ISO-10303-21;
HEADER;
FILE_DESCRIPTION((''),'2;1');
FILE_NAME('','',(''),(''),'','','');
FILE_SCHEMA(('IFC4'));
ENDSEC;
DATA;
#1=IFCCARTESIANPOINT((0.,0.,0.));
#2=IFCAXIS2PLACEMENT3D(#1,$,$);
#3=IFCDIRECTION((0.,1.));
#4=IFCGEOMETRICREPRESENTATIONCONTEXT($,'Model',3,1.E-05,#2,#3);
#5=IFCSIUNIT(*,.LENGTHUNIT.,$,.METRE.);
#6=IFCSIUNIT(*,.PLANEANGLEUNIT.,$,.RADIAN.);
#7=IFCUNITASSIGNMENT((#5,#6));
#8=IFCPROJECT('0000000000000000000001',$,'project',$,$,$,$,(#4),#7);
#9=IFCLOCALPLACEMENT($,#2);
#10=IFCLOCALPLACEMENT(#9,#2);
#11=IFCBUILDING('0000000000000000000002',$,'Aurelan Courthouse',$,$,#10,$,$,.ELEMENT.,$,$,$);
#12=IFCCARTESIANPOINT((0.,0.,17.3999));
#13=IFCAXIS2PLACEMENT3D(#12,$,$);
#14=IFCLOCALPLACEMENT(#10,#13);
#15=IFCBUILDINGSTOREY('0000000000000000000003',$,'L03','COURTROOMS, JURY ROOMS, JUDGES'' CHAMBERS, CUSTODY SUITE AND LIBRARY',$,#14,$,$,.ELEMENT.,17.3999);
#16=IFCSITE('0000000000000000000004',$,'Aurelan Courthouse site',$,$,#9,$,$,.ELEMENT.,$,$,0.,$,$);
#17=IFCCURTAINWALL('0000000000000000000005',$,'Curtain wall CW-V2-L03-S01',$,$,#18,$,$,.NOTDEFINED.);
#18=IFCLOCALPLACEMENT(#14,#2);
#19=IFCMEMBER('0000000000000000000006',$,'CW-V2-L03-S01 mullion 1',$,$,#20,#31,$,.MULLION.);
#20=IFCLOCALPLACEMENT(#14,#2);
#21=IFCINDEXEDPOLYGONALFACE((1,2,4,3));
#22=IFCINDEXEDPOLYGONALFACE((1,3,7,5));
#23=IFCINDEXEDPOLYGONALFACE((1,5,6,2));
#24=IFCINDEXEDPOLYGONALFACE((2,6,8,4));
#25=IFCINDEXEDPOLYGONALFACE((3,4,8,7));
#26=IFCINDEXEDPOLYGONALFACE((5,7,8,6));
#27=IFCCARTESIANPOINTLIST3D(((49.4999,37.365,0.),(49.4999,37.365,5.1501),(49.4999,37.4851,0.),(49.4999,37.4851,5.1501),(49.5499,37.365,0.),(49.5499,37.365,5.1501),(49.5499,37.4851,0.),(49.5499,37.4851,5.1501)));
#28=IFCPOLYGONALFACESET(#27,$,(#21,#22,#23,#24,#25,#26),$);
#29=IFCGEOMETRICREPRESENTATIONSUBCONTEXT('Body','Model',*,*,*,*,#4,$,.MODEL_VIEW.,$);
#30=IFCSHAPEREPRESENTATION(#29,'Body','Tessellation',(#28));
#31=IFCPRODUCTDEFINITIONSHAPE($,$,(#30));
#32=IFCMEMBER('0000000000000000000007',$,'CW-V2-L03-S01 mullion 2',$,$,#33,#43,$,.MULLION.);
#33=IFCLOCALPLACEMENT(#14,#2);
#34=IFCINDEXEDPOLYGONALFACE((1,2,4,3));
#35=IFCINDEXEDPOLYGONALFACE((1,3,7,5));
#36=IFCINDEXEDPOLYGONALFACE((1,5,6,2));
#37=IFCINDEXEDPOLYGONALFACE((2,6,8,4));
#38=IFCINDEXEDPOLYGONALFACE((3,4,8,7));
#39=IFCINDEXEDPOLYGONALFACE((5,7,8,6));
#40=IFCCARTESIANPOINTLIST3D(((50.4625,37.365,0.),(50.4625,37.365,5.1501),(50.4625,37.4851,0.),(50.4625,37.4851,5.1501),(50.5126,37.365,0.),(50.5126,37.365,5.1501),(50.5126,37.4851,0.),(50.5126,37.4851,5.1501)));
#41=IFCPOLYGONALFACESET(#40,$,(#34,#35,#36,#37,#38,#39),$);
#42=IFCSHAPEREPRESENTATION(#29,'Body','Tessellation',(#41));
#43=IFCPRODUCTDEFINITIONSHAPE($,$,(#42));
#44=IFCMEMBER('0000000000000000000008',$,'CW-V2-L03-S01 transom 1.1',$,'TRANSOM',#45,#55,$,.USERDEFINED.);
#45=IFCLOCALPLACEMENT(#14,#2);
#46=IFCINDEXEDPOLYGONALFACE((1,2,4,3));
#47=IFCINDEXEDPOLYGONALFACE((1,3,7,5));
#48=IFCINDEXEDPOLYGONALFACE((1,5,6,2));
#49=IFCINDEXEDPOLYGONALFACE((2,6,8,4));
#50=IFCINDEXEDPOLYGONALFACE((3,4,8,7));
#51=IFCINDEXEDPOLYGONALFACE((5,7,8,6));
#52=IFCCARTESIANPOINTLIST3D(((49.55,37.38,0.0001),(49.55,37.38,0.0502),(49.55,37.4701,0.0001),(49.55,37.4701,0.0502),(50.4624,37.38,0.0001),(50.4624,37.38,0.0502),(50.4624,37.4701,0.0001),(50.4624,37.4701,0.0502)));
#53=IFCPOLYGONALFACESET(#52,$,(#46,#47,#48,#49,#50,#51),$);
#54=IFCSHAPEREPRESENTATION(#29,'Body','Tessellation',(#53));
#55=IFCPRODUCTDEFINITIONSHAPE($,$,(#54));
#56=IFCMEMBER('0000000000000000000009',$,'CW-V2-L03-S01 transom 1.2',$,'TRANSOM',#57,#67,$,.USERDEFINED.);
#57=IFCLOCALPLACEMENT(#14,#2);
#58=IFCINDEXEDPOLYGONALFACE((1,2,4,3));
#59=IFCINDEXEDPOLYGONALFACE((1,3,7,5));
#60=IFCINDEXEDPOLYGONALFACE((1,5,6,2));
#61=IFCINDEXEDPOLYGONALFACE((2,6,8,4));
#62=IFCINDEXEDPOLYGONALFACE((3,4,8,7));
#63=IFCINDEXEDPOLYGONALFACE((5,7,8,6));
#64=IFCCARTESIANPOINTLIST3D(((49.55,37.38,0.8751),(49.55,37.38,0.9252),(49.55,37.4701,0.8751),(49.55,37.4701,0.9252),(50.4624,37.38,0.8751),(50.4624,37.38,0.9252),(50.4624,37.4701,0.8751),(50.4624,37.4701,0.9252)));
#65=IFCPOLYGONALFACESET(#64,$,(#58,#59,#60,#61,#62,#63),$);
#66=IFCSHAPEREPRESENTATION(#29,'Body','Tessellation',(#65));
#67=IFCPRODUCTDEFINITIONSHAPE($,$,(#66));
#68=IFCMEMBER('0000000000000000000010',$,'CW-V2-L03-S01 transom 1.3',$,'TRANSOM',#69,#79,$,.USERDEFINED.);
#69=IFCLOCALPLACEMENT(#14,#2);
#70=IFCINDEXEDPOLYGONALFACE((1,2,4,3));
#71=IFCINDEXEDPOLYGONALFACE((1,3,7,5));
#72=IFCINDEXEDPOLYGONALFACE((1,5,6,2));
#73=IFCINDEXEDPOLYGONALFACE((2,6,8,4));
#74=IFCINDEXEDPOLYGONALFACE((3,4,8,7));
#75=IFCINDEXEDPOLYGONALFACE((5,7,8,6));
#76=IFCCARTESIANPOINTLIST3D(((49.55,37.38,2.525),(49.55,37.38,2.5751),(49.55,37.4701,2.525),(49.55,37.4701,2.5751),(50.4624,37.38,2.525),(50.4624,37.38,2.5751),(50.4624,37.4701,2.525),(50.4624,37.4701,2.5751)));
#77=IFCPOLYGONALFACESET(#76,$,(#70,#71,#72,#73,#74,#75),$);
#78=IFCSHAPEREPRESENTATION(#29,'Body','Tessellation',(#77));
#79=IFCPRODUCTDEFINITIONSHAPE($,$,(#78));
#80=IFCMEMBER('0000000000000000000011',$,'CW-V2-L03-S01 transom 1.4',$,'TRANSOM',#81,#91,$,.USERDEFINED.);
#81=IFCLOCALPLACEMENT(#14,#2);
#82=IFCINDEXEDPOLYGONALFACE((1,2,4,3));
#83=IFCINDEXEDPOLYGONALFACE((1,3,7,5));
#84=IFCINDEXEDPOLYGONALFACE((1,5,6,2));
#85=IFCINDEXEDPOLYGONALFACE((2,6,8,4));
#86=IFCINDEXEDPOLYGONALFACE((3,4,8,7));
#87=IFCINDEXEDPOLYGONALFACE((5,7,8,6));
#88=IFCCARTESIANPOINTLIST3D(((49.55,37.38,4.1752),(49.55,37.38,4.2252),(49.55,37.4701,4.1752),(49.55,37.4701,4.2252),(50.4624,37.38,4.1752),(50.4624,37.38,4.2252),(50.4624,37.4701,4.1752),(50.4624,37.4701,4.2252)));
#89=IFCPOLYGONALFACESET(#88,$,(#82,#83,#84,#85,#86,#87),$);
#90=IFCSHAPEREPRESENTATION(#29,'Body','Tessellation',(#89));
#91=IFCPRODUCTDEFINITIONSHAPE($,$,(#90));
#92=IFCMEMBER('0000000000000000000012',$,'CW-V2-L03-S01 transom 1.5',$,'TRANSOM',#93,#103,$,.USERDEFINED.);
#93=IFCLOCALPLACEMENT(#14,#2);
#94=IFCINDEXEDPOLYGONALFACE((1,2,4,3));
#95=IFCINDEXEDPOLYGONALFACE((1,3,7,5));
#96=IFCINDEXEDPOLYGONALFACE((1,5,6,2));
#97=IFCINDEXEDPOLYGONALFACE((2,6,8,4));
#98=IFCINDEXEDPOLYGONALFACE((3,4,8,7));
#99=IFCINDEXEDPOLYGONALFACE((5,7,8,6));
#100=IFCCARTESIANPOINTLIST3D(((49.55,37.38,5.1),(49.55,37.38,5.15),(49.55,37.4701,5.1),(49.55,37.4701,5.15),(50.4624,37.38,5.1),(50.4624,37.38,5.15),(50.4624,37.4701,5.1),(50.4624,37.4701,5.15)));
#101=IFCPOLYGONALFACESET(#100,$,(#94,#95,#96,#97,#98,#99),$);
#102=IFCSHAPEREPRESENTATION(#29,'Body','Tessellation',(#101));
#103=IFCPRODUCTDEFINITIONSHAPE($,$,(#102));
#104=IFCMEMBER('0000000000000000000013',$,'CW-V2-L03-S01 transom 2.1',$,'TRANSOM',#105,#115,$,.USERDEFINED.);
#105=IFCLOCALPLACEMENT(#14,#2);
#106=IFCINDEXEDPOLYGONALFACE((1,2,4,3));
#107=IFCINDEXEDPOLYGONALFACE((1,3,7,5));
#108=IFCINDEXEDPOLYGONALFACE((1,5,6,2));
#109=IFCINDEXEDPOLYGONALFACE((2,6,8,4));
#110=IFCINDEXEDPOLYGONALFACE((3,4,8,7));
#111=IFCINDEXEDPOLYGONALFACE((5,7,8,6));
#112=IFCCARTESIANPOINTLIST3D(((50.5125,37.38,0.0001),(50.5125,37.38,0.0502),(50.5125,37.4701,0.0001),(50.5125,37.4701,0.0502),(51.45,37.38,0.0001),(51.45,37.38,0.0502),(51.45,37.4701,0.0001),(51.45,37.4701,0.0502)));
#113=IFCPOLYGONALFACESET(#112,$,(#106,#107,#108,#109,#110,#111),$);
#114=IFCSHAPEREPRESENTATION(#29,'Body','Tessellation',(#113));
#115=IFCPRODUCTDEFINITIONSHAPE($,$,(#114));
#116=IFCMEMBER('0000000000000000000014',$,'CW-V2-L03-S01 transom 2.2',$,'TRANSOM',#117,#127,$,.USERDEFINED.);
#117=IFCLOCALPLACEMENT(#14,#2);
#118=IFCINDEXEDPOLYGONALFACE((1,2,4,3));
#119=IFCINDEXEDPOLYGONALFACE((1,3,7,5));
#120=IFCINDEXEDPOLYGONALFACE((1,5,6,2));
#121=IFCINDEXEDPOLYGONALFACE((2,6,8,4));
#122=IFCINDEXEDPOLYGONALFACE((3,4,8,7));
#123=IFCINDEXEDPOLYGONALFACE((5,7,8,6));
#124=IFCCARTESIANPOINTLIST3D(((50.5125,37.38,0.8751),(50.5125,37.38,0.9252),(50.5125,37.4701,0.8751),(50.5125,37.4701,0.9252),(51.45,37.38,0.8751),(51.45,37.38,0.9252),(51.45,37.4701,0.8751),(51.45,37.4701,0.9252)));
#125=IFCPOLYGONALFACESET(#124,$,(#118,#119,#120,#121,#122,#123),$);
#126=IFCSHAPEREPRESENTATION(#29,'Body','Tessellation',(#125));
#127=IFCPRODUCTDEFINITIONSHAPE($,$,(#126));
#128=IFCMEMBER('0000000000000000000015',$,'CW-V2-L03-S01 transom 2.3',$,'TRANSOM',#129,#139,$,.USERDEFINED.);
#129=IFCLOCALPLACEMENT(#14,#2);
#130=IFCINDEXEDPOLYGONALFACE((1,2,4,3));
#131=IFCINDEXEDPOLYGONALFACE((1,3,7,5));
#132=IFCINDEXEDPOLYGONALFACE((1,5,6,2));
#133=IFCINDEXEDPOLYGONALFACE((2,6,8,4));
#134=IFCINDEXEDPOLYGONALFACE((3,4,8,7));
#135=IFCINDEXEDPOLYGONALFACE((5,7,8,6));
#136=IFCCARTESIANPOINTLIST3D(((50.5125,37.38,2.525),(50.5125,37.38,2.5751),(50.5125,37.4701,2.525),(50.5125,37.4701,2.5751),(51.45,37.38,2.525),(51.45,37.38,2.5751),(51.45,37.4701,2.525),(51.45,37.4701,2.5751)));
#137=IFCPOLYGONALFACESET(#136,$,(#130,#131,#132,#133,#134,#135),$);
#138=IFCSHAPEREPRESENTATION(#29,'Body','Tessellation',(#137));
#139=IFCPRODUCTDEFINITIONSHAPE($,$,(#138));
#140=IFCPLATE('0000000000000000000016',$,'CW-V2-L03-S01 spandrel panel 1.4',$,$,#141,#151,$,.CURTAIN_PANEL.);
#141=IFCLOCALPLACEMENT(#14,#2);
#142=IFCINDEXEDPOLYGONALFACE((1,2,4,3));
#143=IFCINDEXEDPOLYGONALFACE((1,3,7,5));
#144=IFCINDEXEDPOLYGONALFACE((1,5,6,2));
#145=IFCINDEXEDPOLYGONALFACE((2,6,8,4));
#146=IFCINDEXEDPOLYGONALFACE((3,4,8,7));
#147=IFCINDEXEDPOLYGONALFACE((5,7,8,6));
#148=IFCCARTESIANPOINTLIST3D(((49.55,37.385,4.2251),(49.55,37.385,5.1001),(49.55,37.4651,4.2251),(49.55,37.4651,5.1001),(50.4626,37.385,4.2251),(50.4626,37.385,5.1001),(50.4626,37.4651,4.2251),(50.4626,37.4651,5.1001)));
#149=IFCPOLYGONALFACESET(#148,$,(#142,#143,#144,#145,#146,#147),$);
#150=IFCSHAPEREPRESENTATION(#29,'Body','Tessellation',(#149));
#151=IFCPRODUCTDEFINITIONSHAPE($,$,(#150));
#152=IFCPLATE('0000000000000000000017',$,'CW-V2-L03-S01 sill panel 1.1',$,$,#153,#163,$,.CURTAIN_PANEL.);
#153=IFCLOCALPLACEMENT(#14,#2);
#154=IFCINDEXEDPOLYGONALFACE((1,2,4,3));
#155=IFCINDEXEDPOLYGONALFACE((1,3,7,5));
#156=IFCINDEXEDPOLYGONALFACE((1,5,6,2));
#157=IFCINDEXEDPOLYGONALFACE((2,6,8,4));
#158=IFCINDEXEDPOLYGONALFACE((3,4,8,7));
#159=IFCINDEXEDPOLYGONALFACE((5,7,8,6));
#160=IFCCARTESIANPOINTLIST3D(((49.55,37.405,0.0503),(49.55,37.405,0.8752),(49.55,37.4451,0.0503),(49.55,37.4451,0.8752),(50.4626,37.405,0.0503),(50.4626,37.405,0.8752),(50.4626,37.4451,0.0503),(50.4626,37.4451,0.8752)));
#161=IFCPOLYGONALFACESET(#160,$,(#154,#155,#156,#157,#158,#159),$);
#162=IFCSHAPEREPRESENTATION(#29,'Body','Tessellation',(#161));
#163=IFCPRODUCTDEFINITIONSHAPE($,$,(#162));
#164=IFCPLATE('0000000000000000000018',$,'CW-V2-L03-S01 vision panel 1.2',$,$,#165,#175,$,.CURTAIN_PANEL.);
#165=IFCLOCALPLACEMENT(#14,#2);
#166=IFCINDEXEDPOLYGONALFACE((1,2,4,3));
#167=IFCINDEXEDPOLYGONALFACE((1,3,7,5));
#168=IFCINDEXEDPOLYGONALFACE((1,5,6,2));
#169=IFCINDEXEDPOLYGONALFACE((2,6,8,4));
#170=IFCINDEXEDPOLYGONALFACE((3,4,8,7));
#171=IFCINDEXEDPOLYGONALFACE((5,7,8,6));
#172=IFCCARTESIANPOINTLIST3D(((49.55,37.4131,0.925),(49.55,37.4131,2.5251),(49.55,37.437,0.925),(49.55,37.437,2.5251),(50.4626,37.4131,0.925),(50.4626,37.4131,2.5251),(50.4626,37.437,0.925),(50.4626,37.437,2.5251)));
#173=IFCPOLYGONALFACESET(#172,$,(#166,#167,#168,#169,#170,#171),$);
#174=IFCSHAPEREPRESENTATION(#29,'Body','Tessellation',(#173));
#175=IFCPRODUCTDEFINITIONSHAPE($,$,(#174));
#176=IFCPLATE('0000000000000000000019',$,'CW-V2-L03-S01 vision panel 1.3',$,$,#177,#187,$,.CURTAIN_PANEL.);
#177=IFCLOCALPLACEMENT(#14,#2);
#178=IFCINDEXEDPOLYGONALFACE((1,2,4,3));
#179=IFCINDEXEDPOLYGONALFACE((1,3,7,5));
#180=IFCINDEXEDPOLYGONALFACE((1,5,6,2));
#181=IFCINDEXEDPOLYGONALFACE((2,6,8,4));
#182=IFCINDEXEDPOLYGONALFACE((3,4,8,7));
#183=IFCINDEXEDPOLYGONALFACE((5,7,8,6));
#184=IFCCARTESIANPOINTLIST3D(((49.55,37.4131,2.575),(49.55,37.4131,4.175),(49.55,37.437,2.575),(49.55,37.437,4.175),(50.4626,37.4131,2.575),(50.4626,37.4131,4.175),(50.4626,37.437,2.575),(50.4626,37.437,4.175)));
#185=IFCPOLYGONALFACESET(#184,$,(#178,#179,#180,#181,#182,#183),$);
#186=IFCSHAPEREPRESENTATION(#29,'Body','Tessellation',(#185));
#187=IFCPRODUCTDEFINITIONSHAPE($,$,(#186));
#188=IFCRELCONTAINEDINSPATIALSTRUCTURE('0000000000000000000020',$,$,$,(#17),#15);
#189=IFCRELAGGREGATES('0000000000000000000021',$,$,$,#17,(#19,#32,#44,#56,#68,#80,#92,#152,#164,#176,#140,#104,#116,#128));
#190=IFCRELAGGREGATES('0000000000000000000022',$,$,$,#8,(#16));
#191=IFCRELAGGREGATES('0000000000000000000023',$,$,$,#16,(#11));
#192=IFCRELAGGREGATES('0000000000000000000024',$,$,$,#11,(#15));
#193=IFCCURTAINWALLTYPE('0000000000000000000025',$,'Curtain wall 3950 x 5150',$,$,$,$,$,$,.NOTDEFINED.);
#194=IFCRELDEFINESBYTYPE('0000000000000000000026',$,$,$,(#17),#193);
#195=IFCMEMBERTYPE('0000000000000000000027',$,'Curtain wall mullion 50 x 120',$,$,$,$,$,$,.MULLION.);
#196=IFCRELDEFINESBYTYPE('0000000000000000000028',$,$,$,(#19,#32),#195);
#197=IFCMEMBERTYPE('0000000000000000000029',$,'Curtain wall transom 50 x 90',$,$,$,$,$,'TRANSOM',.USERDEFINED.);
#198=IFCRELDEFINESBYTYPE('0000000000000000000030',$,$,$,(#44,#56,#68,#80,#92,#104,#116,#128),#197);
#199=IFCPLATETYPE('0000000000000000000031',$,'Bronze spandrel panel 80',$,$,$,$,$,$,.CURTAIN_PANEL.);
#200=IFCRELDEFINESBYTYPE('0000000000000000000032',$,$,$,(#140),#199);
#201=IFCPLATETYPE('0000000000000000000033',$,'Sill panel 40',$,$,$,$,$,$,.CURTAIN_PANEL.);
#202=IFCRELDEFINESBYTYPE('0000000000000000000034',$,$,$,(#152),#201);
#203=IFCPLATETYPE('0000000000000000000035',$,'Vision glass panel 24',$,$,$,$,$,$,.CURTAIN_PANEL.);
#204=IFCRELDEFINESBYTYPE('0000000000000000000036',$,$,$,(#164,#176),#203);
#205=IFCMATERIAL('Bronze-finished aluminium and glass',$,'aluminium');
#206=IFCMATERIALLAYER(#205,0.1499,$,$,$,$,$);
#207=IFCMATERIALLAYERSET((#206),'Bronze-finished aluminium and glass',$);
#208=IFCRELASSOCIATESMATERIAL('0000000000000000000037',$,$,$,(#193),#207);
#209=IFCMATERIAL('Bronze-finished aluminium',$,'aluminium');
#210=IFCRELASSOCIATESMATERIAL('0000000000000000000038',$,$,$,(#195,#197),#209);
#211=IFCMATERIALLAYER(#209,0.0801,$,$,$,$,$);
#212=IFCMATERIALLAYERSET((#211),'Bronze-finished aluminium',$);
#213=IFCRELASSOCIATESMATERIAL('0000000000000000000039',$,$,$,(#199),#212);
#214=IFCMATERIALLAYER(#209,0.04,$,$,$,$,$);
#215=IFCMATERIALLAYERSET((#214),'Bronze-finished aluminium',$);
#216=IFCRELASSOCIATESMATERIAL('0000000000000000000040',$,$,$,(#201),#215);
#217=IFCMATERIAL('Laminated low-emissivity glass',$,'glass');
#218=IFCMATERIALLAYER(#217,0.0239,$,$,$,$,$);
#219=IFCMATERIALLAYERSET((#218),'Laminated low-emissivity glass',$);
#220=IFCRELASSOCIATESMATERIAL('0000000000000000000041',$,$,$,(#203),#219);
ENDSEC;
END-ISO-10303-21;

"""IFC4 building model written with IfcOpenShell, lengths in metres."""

from ifc_helpers import new_model, si_unit, direction, frame, origin, origin_2d, place, context, subcontext, project, spatial, rectangle, extrude, material, layer, layer_set, material_profile, profile_set, type_object, element, aggregate, save


model = new_model("IFC4")

# Units and contexts
model_context = context("Model", 3, precision=1e-05, world=origin(), true_north=direction((0.0, 1.0)))
body_context = subcontext(model_context, "Body", "Model", "MODEL_VIEW")
ifc_project = project(units=[si_unit("LENGTHUNIT", "METRE"), si_unit("PLANEANGLEUNIT", "RADIAN")], contexts=[model_context])

# Site, building, storey
site_placement = place(None, origin())
site = spatial("IfcSite", under=ifc_project, at=site_placement, Name="Aurelan Courthouse site", CompositionType="ELEMENT", RefElevation=0.0)
building_placement = place(site_placement, origin())
building = spatial("IfcBuilding", under=site, at=building_placement, Name="Aurelan Courthouse", CompositionType="ELEMENT")
storey_placement = place(building_placement, frame((0.0, 0.0, 17.3999)))
storey = spatial("IfcBuildingStorey", under=building, at=storey_placement, Name="L03", Description="COURTROOMS, JURY ROOMS, JUDGES' CHAMBERS, CUSTODY SUITE AND LIBRARY", CompositionType="ELEMENT", Elevation=17.3999)

# Curtain wall, members, plates
ifc_material_1 = material(Name="Bronze-finished aluminium and glass", Category="aluminium")
ifc_layer_1 = layer(ifc_material_1, 0.1499)
ifc_layer_set_1 = layer_set([ifc_layer_1], Name="Bronze-finished aluminium and glass")
curtain_wall_type = type_object("IfcCurtainWallType", Name="Curtain wall 3950 x 5150", PredefinedType="NOTDEFINED", material=ifc_layer_set_1)
curtain_wall_placement = place(storey_placement, origin())
curtain_wall = element("IfcCurtainWall", 1, at=curtain_wall_placement, inside=storey, type_object=curtain_wall_type, Name="Curtain wall CW-V2-L03-S01", PredefinedType="NOTDEFINED")
ifc_material_2 = material(Name="Bronze-finished aluminium", Category="aluminium")
ifc_material_profile_1 = material_profile(ifc_material_2, rectangle(XDim=0.1201, YDim=0.05, at=origin_2d()), Name="Bronze mullion 50 x 120")
ifc_profile_set_1 = profile_set([ifc_material_profile_1], Name="Bronze-finished aluminium")
member_type_1 = type_object("IfcMemberType", Name="Curtain wall mullion 50 x 120", PredefinedType="MULLION", material=ifc_profile_set_1)
member_1_placement = place(storey_placement, frame((49.5249, 37.425, 0.0), z_axis=(0.0, 0.0, 1.0), x_axis=(0.0, 1.0, 0.0)))
member_1 = element("IfcMember", 2, at=member_1_placement, type_object=member_type_1, Name="CW-V2-L03-S01 mullion 1", PredefinedType="MULLION", context=body_context, shape_type="SweptSolid", body=[
    extrude(rectangle(XDim=0.1201, YDim=0.05, at=origin_2d()), origin(), (0.0, 0.0, 1.0), 5.1501),
])
member_2_placement = place(storey_placement, frame((50.4875, 37.425, 0.0), z_axis=(0.0, 0.0, 1.0), x_axis=(0.0, 1.0, 0.0)))
member_2 = element("IfcMember", 3, at=member_2_placement, type_object=member_type_1, Name="CW-V2-L03-S01 mullion 2", PredefinedType="MULLION", context=body_context, shape_type="SweptSolid", body=[
    extrude(rectangle(XDim=0.1201, YDim=0.05, at=origin_2d()), origin(), (0.0, 0.0, 1.0), 5.1501),
])
ifc_material_profile_2 = material_profile(ifc_material_2, rectangle(XDim=0.0901, YDim=0.05, at=origin_2d()), Name="Bronze transom 50 x 90")
ifc_profile_set_2 = profile_set([ifc_material_profile_2], Name="Bronze-finished aluminium")
member_type_2 = type_object("IfcMemberType", Name="Curtain wall transom 50 x 90", ElementType="TRANSOM", PredefinedType="USERDEFINED", material=ifc_profile_set_2)
member_3_placement = place(storey_placement, frame((49.55, 37.425, 0.0251), z_axis=(1.0, 0.0, 0.0), x_axis=(0.0, 1.0, 0.0)))
member_3 = element("IfcMember", 4, at=member_3_placement, type_object=member_type_2, Name="CW-V2-L03-S01 transom 1.1", ObjectType="TRANSOM", PredefinedType="USERDEFINED", context=body_context, shape_type="SweptSolid", body=[
    extrude(rectangle(XDim=0.0901, YDim=0.05, at=origin_2d()), origin(), (0.0, 0.0, 1.0), 0.9124),
])
member_4_placement = place(storey_placement, frame((49.55, 37.425, 0.9001), z_axis=(1.0, 0.0, 0.0), x_axis=(0.0, 1.0, 0.0)))
member_4 = element("IfcMember", 5, at=member_4_placement, type_object=member_type_2, Name="CW-V2-L03-S01 transom 1.2", ObjectType="TRANSOM", PredefinedType="USERDEFINED", context=body_context, shape_type="SweptSolid", body=[
    extrude(rectangle(XDim=0.0901, YDim=0.05, at=origin_2d()), origin(), (0.0, 0.0, 1.0), 0.9124),
])
member_5_placement = place(storey_placement, frame((49.55, 37.425, 2.55), z_axis=(1.0, 0.0, 0.0), x_axis=(0.0, 1.0, 0.0)))
member_5 = element("IfcMember", 6, at=member_5_placement, type_object=member_type_2, Name="CW-V2-L03-S01 transom 1.3", ObjectType="TRANSOM", PredefinedType="USERDEFINED", context=body_context, shape_type="SweptSolid", body=[
    extrude(rectangle(XDim=0.0901, YDim=0.05, at=origin_2d()), origin(), (0.0, 0.0, 1.0), 0.9124),
])
member_6_placement = place(storey_placement, frame((49.55, 37.425, 4.2002), z_axis=(1.0, 0.0, 0.0), x_axis=(0.0, 1.0, 0.0)))
member_6 = element("IfcMember", 7, at=member_6_placement, type_object=member_type_2, Name="CW-V2-L03-S01 transom 1.4", ObjectType="TRANSOM", PredefinedType="USERDEFINED", context=body_context, shape_type="SweptSolid", body=[
    extrude(rectangle(XDim=0.0901, YDim=0.05, at=origin_2d()), origin(), (0.0, 0.0, 1.0), 0.9124),
])
member_7_placement = place(storey_placement, frame((49.55, 37.425, 5.125), z_axis=(1.0, 0.0, 0.0), x_axis=(0.0, 1.0, 0.0)))
member_7 = element("IfcMember", 8, at=member_7_placement, type_object=member_type_2, Name="CW-V2-L03-S01 transom 1.5", ObjectType="TRANSOM", PredefinedType="USERDEFINED", context=body_context, shape_type="SweptSolid", body=[
    extrude(rectangle(XDim=0.0901, YDim=0.05, at=origin_2d()), origin(), (0.0, 0.0, 1.0), 0.9124),
])
member_8_placement = place(storey_placement, frame((50.5125, 37.425, 0.0251), z_axis=(1.0, 0.0, 0.0), x_axis=(0.0, 1.0, 0.0)))
member_8 = element("IfcMember", 9, at=member_8_placement, type_object=member_type_2, Name="CW-V2-L03-S01 transom 2.1", ObjectType="TRANSOM", PredefinedType="USERDEFINED", context=body_context, shape_type="SweptSolid", body=[
    extrude(rectangle(XDim=0.0901, YDim=0.05, at=origin_2d()), origin(), (0.0, 0.0, 1.0), 0.9375),
])
member_9_placement = place(storey_placement, frame((50.5125, 37.425, 0.9001), z_axis=(1.0, 0.0, 0.0), x_axis=(0.0, 1.0, 0.0)))
member_9 = element("IfcMember", 10, at=member_9_placement, type_object=member_type_2, Name="CW-V2-L03-S01 transom 2.2", ObjectType="TRANSOM", PredefinedType="USERDEFINED", context=body_context, shape_type="SweptSolid", body=[
    extrude(rectangle(XDim=0.0901, YDim=0.05, at=origin_2d()), origin(), (0.0, 0.0, 1.0), 0.9375),
])
member_10_placement = place(storey_placement, frame((50.5125, 37.425, 2.55), z_axis=(1.0, 0.0, 0.0), x_axis=(0.0, 1.0, 0.0)))
member_10 = element("IfcMember", 11, at=member_10_placement, type_object=member_type_2, Name="CW-V2-L03-S01 transom 2.3", ObjectType="TRANSOM", PredefinedType="USERDEFINED", context=body_context, shape_type="SweptSolid", body=[
    extrude(rectangle(XDim=0.0901, YDim=0.05, at=origin_2d()), origin(), (0.0, 0.0, 1.0), 0.9375),
])
ifc_layer_2 = layer(ifc_material_2, 0.0801)
ifc_layer_set_2 = layer_set([ifc_layer_2], Name="Bronze-finished aluminium")
plate_type_1 = type_object("IfcPlateType", Name="Bronze spandrel panel 80", PredefinedType="CURTAIN_PANEL", material=ifc_layer_set_2)
plate_1_placement = place(storey_placement, frame((50.0063, 37.425, 4.2251), z_axis=(0.0, 0.0, 1.0), x_axis=(1.0, 0.0, 0.0)))
plate_1 = element("IfcPlate", 12, at=plate_1_placement, type_object=plate_type_1, Name="CW-V2-L03-S01 spandrel panel 1.4", PredefinedType="CURTAIN_PANEL", context=body_context, shape_type="SweptSolid", body=[
    extrude(rectangle(XDim=0.9126, YDim=0.0801, at=origin_2d()), origin(), (0.0, 0.0, 1.0), 0.875),
])
ifc_layer_3 = layer(ifc_material_2, 0.04)
ifc_layer_set_3 = layer_set([ifc_layer_3], Name="Bronze-finished aluminium")
plate_type_2 = type_object("IfcPlateType", Name="Sill panel 40", PredefinedType="CURTAIN_PANEL", material=ifc_layer_set_3)
plate_2_placement = place(storey_placement, frame((50.0063, 37.425, 0.0503), z_axis=(0.0, 0.0, 1.0), x_axis=(1.0, 0.0, 0.0)))
plate_2 = element("IfcPlate", 13, at=plate_2_placement, type_object=plate_type_2, Name="CW-V2-L03-S01 sill panel 1.1", PredefinedType="CURTAIN_PANEL", context=body_context, shape_type="SweptSolid", body=[
    extrude(rectangle(XDim=0.9126, YDim=0.04, at=origin_2d()), origin(), (0.0, 0.0, 1.0), 0.825),
])
ifc_material_3 = material(Name="Laminated low-emissivity glass", Category="glass")
ifc_layer_4 = layer(ifc_material_3, 0.0239)
ifc_layer_set_4 = layer_set([ifc_layer_4], Name="Laminated low-emissivity glass")
plate_type_3 = type_object("IfcPlateType", Name="Vision glass panel 24", PredefinedType="CURTAIN_PANEL", material=ifc_layer_set_4)
plate_3_placement = place(storey_placement, frame((50.0063, 37.425, 0.925), z_axis=(0.0, 0.0, 1.0), x_axis=(1.0, 0.0, 0.0)))
plate_3 = element("IfcPlate", 14, at=plate_3_placement, type_object=plate_type_3, Name="CW-V2-L03-S01 vision panel 1.2", PredefinedType="CURTAIN_PANEL", context=body_context, shape_type="SweptSolid", body=[
    extrude(rectangle(XDim=0.9126, YDim=0.0239, at=origin_2d()), origin(), (0.0, 0.0, 1.0), 1.6001),
])
plate_4_placement = place(storey_placement, frame((50.0063, 37.425, 2.575), z_axis=(0.0, 0.0, 1.0), x_axis=(1.0, 0.0, 0.0)))
plate_4 = element("IfcPlate", 15, at=plate_4_placement, type_object=plate_type_3, Name="CW-V2-L03-S01 vision panel 1.3", PredefinedType="CURTAIN_PANEL", context=body_context, shape_type="SweptSolid", body=[
    extrude(rectangle(XDim=0.9126, YDim=0.0239, at=origin_2d()), origin(), (0.0, 0.0, 1.0), 1.6001),
])
aggregate(curtain_wall, [member_1, member_2, member_3, member_4, member_5, member_6, member_7, plate_2, plate_3, plate_4, plate_1, member_8, member_9, member_10])

save(model, "model.ifc")
